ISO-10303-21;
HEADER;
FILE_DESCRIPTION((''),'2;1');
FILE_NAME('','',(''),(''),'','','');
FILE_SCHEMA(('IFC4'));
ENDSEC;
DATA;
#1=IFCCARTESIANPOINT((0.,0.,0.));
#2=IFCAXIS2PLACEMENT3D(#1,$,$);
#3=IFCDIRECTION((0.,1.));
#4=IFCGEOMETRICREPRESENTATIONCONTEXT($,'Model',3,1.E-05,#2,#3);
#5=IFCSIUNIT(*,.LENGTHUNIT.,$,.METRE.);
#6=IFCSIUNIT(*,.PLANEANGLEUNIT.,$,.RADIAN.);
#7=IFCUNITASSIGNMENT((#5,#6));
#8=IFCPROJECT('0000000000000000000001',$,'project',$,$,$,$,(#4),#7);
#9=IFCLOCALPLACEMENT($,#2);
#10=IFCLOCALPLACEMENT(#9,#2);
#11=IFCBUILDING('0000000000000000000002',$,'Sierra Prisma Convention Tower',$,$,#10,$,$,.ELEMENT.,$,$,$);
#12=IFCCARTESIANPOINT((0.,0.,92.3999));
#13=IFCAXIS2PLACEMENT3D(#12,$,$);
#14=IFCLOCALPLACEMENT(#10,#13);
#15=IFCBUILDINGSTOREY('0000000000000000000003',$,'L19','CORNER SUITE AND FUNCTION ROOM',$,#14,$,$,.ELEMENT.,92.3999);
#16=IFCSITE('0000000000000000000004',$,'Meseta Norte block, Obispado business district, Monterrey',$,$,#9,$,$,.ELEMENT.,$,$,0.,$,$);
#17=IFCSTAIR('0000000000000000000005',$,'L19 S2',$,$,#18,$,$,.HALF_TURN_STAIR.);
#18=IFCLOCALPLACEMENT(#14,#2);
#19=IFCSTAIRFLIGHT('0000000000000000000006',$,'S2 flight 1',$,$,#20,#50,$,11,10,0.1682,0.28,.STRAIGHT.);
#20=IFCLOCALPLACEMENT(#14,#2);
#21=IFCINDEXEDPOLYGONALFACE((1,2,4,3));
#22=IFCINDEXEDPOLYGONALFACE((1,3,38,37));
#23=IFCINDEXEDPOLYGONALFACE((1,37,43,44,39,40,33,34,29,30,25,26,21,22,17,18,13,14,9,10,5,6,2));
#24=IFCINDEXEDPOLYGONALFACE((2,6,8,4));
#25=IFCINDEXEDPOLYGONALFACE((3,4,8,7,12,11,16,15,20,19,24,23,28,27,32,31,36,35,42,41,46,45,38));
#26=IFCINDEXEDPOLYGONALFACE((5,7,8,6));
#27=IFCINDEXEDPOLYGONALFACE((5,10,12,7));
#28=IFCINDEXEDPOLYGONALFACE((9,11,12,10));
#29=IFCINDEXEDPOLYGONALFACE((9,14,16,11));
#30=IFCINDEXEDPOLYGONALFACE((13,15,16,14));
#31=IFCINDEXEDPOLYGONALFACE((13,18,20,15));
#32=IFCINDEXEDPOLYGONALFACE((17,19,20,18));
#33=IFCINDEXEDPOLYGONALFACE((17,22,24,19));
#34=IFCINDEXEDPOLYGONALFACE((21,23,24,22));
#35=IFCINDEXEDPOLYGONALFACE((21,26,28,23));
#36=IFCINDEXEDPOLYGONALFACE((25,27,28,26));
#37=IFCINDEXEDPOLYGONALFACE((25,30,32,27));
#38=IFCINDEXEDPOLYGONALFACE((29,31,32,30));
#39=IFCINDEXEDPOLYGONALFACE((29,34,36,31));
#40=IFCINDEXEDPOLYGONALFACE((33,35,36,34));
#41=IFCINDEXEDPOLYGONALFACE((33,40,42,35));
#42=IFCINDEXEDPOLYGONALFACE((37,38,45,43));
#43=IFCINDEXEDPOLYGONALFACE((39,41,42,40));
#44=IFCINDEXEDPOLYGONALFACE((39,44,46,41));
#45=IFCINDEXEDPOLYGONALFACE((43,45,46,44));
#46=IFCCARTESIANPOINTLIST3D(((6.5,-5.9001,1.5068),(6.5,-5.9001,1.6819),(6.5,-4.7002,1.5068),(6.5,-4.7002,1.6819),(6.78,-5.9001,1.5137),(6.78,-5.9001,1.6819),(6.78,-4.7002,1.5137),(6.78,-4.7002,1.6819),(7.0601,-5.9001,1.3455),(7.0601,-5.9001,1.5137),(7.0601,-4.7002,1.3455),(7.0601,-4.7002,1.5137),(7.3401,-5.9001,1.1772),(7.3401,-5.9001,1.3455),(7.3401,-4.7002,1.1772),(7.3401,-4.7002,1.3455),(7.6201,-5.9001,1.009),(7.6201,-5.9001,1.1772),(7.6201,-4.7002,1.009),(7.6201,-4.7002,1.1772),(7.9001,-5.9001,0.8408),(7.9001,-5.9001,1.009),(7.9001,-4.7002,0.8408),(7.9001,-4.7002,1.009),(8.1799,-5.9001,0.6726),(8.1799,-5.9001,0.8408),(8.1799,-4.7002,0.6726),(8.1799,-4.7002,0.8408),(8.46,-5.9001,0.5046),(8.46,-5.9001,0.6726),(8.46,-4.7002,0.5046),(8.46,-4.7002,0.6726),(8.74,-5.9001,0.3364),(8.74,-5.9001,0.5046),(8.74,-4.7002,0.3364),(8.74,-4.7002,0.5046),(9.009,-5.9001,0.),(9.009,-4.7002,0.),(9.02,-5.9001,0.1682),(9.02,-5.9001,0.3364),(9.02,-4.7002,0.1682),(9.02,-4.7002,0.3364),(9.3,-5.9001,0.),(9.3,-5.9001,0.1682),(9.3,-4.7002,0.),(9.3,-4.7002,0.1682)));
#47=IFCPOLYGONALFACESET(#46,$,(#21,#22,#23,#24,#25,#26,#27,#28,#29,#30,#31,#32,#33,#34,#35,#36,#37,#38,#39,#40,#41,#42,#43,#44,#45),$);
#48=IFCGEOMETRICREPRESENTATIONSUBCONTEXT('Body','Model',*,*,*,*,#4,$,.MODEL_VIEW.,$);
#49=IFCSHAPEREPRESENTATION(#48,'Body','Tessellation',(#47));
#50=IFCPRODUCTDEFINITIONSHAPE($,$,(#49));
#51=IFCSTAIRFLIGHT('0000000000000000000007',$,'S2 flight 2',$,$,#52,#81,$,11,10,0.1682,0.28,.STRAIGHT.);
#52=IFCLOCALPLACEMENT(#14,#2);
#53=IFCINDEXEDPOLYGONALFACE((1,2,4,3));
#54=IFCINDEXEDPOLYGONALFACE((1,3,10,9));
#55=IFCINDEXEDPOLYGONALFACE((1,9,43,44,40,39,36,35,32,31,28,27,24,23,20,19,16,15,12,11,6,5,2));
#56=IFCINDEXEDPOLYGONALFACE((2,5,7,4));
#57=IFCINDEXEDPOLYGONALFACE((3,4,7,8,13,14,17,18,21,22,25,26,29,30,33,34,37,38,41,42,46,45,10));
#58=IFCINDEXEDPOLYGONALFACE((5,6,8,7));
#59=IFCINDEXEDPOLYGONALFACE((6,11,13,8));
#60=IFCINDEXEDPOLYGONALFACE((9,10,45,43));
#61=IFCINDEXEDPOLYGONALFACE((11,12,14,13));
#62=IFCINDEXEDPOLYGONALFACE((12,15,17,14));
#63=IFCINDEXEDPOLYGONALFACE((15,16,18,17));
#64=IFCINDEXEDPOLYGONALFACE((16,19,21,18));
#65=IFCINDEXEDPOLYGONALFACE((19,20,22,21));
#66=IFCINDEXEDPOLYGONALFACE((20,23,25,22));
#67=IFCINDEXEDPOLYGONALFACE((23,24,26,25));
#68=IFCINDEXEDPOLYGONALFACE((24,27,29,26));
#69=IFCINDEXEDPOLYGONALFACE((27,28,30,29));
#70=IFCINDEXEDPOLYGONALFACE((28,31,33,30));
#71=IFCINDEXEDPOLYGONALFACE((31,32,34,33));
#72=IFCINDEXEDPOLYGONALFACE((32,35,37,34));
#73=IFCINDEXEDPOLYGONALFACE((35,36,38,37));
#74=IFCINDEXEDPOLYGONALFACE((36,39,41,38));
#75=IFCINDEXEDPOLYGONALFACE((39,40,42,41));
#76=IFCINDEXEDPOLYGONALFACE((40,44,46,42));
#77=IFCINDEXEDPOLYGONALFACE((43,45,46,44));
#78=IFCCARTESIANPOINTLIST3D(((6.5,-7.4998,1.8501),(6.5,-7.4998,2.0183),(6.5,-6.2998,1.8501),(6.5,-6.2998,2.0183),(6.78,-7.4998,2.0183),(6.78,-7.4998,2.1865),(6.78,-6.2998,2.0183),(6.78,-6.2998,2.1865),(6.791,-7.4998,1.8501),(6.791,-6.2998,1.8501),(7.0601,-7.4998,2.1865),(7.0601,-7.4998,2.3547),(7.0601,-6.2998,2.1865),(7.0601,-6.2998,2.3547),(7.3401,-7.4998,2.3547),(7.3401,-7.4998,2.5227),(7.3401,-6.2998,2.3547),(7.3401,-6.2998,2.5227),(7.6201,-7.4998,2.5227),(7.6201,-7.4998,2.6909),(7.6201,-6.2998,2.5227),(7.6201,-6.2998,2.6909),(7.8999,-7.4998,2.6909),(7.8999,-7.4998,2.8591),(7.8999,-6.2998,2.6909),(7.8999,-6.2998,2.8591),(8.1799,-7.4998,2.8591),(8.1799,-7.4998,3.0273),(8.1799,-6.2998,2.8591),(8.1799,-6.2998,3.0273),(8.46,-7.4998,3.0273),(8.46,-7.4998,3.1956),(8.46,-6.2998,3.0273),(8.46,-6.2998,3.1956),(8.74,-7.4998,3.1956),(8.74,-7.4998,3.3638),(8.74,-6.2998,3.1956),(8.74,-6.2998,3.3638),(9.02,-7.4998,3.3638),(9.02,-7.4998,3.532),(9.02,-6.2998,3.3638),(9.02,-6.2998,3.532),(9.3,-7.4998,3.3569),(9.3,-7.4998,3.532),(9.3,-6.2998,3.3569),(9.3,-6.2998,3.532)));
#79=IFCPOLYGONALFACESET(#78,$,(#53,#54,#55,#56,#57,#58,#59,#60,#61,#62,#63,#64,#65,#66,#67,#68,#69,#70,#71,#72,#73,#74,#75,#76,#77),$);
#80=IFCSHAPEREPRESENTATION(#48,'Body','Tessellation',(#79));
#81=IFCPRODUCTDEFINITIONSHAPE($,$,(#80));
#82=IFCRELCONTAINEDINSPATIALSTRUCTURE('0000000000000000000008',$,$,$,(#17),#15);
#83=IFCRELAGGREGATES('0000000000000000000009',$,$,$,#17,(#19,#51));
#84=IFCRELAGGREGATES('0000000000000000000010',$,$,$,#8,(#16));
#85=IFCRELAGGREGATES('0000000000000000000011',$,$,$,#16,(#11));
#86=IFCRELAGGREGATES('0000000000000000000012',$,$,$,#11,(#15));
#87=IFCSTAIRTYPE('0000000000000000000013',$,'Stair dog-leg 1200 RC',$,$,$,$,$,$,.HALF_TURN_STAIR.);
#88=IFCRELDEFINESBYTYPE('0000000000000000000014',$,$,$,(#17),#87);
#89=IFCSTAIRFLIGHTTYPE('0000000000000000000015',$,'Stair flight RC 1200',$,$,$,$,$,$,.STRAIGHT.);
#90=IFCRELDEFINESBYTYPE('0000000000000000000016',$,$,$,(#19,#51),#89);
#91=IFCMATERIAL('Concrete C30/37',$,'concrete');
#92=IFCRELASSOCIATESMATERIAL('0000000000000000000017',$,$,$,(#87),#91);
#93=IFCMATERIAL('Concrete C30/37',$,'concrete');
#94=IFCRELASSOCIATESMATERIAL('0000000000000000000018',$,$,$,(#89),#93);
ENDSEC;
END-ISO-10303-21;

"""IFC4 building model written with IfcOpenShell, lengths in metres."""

from ifc_helpers import new_model, si_unit, direction, frame, origin, place, context, subcontext, project, spatial, polyline, outline, extrude, material, type_object, element, aggregate, save


model = new_model("IFC4")

# Units and contexts
model_context = context("Model", 3, precision=1e-05, world=origin(), true_north=direction((0.0, 1.0)))
body_context = subcontext(model_context, "Body", "Model", "MODEL_VIEW")
ifc_project = project(units=[si_unit("LENGTHUNIT", "METRE"), si_unit("PLANEANGLEUNIT", "RADIAN")], contexts=[model_context])

# Site, building, storey
site_placement = place(None, origin())
site = spatial("IfcSite", under=ifc_project, at=site_placement, Name="Meseta Norte block, Obispado business district, Monterrey", CompositionType="ELEMENT", RefElevation=0.0)
building_placement = place(site_placement, origin())
building = spatial("IfcBuilding", under=site, at=building_placement, Name="Sierra Prisma Convention Tower", CompositionType="ELEMENT")
storey_placement = place(building_placement, frame((0.0, 0.0, 92.3999)))
storey = spatial("IfcBuildingStorey", under=building, at=storey_placement, Name="L19", Description="CORNER SUITE AND FUNCTION ROOM", CompositionType="ELEMENT", Elevation=92.3999)

# Stair, stair flights
ifc_material_1 = material(Name="Concrete C30/37", Category="concrete")
stair_type = type_object("IfcStairType", Name="Stair dog-leg 1200 RC", PredefinedType="HALF_TURN_STAIR", material=ifc_material_1)
stair_placement = place(storey_placement, origin())
stair = element("IfcStair", 1, at=stair_placement, inside=storey, type_object=stair_type, Name="L19 S2", PredefinedType="HALF_TURN_STAIR")
ifc_material_2 = material(Name="Concrete C30/37", Category="concrete")
stair_flight_type = type_object("IfcStairFlightType", Name="Stair flight RC 1200", PredefinedType="STRAIGHT", material=ifc_material_2)
stair_flight_1_placement = place(storey_placement, frame((9.3, -5.3, 0.0), z_axis=(0.0, 0.0, 1.0), x_axis=(-1.0, 0.0, 0.0)))
stair_flight_1 = element("IfcStairFlight", 2, at=stair_flight_1_placement, type_object=stair_flight_type, Name="S2 flight 1", NumberOfRisers=11, NumberOfTreads=10, PredefinedType="STRAIGHT", RiserHeight=0.1682, TreadLength=0.28, context=body_context, shape_type="SweptSolid", body=[
    extrude(outline(polyline([(0.0, 0.0), (0.0, 0.1682), (0.28, 0.1682), (0.28, 0.3364), (0.5601, 0.3364), (0.5601, 0.5046), (0.8401, 0.5046), (0.8401, 0.6726), (1.1201, 0.6726), (1.1201, 0.8408), (1.3999, 0.8408), (1.3999, 1.009), (1.6799, 1.009), (1.6799, 1.1772), (1.96, 1.1772), (1.96, 1.3455), (2.24, 1.3455), (2.24, 1.5137), (2.52, 1.5137), (2.52, 1.6819), (2.8, 1.6819), (2.8, 1.8501), (2.8, 1.5068), (0.291, 0.0), (0.0, 0.0)])), frame((0.0, 0.6001, 0.0), z_axis=(0.0, -1.0, 0.0), x_axis=(1.0, 0.0, 0.0)), (0.0, 0.0, 1.0), 1.2),
])
stair_flight_2_placement = place(storey_placement, frame((6.5, -6.8999, 1.8501), z_axis=(0.0, 0.0, 1.0), x_axis=(1.0, 0.0, 0.0)))
stair_flight_2 = element("IfcStairFlight", 3, at=stair_flight_2_placement, type_object=stair_flight_type, Name="S2 flight 2", NumberOfRisers=11, NumberOfTreads=10, PredefinedType="STRAIGHT", RiserHeight=0.1682, TreadLength=0.28, context=body_context, shape_type="SweptSolid", body=[
    extrude(outline(polyline([(0.0, 0.0), (0.0, 0.1682), (0.28, 0.1682), (0.28, 0.3364), (0.5601, 0.3364), (0.5601, 0.5046), (0.8401, 0.5046), (0.8401, 0.6726), (1.1201, 0.6726), (1.1201, 0.8408), (1.3999, 0.8408), (1.3999, 1.009), (1.6799, 1.009), (1.6799, 1.1772), (1.96, 1.1772), (1.96, 1.3455), (2.24, 1.3455), (2.24, 1.5137), (2.52, 1.5137), (2.52, 1.6819), (2.8, 1.6819), (2.8, 1.8501), (2.8, 1.5068), (0.291, 0.0), (0.0, 0.0)])), frame((0.0, 0.6001, 0.0), z_axis=(0.0, -1.0, 0.0), x_axis=(1.0, 0.0, 0.0)), (0.0, 0.0, 1.0), 1.2),
])
aggregate(stair, [stair_flight_1, stair_flight_2])

save(model, "model.ifc")
